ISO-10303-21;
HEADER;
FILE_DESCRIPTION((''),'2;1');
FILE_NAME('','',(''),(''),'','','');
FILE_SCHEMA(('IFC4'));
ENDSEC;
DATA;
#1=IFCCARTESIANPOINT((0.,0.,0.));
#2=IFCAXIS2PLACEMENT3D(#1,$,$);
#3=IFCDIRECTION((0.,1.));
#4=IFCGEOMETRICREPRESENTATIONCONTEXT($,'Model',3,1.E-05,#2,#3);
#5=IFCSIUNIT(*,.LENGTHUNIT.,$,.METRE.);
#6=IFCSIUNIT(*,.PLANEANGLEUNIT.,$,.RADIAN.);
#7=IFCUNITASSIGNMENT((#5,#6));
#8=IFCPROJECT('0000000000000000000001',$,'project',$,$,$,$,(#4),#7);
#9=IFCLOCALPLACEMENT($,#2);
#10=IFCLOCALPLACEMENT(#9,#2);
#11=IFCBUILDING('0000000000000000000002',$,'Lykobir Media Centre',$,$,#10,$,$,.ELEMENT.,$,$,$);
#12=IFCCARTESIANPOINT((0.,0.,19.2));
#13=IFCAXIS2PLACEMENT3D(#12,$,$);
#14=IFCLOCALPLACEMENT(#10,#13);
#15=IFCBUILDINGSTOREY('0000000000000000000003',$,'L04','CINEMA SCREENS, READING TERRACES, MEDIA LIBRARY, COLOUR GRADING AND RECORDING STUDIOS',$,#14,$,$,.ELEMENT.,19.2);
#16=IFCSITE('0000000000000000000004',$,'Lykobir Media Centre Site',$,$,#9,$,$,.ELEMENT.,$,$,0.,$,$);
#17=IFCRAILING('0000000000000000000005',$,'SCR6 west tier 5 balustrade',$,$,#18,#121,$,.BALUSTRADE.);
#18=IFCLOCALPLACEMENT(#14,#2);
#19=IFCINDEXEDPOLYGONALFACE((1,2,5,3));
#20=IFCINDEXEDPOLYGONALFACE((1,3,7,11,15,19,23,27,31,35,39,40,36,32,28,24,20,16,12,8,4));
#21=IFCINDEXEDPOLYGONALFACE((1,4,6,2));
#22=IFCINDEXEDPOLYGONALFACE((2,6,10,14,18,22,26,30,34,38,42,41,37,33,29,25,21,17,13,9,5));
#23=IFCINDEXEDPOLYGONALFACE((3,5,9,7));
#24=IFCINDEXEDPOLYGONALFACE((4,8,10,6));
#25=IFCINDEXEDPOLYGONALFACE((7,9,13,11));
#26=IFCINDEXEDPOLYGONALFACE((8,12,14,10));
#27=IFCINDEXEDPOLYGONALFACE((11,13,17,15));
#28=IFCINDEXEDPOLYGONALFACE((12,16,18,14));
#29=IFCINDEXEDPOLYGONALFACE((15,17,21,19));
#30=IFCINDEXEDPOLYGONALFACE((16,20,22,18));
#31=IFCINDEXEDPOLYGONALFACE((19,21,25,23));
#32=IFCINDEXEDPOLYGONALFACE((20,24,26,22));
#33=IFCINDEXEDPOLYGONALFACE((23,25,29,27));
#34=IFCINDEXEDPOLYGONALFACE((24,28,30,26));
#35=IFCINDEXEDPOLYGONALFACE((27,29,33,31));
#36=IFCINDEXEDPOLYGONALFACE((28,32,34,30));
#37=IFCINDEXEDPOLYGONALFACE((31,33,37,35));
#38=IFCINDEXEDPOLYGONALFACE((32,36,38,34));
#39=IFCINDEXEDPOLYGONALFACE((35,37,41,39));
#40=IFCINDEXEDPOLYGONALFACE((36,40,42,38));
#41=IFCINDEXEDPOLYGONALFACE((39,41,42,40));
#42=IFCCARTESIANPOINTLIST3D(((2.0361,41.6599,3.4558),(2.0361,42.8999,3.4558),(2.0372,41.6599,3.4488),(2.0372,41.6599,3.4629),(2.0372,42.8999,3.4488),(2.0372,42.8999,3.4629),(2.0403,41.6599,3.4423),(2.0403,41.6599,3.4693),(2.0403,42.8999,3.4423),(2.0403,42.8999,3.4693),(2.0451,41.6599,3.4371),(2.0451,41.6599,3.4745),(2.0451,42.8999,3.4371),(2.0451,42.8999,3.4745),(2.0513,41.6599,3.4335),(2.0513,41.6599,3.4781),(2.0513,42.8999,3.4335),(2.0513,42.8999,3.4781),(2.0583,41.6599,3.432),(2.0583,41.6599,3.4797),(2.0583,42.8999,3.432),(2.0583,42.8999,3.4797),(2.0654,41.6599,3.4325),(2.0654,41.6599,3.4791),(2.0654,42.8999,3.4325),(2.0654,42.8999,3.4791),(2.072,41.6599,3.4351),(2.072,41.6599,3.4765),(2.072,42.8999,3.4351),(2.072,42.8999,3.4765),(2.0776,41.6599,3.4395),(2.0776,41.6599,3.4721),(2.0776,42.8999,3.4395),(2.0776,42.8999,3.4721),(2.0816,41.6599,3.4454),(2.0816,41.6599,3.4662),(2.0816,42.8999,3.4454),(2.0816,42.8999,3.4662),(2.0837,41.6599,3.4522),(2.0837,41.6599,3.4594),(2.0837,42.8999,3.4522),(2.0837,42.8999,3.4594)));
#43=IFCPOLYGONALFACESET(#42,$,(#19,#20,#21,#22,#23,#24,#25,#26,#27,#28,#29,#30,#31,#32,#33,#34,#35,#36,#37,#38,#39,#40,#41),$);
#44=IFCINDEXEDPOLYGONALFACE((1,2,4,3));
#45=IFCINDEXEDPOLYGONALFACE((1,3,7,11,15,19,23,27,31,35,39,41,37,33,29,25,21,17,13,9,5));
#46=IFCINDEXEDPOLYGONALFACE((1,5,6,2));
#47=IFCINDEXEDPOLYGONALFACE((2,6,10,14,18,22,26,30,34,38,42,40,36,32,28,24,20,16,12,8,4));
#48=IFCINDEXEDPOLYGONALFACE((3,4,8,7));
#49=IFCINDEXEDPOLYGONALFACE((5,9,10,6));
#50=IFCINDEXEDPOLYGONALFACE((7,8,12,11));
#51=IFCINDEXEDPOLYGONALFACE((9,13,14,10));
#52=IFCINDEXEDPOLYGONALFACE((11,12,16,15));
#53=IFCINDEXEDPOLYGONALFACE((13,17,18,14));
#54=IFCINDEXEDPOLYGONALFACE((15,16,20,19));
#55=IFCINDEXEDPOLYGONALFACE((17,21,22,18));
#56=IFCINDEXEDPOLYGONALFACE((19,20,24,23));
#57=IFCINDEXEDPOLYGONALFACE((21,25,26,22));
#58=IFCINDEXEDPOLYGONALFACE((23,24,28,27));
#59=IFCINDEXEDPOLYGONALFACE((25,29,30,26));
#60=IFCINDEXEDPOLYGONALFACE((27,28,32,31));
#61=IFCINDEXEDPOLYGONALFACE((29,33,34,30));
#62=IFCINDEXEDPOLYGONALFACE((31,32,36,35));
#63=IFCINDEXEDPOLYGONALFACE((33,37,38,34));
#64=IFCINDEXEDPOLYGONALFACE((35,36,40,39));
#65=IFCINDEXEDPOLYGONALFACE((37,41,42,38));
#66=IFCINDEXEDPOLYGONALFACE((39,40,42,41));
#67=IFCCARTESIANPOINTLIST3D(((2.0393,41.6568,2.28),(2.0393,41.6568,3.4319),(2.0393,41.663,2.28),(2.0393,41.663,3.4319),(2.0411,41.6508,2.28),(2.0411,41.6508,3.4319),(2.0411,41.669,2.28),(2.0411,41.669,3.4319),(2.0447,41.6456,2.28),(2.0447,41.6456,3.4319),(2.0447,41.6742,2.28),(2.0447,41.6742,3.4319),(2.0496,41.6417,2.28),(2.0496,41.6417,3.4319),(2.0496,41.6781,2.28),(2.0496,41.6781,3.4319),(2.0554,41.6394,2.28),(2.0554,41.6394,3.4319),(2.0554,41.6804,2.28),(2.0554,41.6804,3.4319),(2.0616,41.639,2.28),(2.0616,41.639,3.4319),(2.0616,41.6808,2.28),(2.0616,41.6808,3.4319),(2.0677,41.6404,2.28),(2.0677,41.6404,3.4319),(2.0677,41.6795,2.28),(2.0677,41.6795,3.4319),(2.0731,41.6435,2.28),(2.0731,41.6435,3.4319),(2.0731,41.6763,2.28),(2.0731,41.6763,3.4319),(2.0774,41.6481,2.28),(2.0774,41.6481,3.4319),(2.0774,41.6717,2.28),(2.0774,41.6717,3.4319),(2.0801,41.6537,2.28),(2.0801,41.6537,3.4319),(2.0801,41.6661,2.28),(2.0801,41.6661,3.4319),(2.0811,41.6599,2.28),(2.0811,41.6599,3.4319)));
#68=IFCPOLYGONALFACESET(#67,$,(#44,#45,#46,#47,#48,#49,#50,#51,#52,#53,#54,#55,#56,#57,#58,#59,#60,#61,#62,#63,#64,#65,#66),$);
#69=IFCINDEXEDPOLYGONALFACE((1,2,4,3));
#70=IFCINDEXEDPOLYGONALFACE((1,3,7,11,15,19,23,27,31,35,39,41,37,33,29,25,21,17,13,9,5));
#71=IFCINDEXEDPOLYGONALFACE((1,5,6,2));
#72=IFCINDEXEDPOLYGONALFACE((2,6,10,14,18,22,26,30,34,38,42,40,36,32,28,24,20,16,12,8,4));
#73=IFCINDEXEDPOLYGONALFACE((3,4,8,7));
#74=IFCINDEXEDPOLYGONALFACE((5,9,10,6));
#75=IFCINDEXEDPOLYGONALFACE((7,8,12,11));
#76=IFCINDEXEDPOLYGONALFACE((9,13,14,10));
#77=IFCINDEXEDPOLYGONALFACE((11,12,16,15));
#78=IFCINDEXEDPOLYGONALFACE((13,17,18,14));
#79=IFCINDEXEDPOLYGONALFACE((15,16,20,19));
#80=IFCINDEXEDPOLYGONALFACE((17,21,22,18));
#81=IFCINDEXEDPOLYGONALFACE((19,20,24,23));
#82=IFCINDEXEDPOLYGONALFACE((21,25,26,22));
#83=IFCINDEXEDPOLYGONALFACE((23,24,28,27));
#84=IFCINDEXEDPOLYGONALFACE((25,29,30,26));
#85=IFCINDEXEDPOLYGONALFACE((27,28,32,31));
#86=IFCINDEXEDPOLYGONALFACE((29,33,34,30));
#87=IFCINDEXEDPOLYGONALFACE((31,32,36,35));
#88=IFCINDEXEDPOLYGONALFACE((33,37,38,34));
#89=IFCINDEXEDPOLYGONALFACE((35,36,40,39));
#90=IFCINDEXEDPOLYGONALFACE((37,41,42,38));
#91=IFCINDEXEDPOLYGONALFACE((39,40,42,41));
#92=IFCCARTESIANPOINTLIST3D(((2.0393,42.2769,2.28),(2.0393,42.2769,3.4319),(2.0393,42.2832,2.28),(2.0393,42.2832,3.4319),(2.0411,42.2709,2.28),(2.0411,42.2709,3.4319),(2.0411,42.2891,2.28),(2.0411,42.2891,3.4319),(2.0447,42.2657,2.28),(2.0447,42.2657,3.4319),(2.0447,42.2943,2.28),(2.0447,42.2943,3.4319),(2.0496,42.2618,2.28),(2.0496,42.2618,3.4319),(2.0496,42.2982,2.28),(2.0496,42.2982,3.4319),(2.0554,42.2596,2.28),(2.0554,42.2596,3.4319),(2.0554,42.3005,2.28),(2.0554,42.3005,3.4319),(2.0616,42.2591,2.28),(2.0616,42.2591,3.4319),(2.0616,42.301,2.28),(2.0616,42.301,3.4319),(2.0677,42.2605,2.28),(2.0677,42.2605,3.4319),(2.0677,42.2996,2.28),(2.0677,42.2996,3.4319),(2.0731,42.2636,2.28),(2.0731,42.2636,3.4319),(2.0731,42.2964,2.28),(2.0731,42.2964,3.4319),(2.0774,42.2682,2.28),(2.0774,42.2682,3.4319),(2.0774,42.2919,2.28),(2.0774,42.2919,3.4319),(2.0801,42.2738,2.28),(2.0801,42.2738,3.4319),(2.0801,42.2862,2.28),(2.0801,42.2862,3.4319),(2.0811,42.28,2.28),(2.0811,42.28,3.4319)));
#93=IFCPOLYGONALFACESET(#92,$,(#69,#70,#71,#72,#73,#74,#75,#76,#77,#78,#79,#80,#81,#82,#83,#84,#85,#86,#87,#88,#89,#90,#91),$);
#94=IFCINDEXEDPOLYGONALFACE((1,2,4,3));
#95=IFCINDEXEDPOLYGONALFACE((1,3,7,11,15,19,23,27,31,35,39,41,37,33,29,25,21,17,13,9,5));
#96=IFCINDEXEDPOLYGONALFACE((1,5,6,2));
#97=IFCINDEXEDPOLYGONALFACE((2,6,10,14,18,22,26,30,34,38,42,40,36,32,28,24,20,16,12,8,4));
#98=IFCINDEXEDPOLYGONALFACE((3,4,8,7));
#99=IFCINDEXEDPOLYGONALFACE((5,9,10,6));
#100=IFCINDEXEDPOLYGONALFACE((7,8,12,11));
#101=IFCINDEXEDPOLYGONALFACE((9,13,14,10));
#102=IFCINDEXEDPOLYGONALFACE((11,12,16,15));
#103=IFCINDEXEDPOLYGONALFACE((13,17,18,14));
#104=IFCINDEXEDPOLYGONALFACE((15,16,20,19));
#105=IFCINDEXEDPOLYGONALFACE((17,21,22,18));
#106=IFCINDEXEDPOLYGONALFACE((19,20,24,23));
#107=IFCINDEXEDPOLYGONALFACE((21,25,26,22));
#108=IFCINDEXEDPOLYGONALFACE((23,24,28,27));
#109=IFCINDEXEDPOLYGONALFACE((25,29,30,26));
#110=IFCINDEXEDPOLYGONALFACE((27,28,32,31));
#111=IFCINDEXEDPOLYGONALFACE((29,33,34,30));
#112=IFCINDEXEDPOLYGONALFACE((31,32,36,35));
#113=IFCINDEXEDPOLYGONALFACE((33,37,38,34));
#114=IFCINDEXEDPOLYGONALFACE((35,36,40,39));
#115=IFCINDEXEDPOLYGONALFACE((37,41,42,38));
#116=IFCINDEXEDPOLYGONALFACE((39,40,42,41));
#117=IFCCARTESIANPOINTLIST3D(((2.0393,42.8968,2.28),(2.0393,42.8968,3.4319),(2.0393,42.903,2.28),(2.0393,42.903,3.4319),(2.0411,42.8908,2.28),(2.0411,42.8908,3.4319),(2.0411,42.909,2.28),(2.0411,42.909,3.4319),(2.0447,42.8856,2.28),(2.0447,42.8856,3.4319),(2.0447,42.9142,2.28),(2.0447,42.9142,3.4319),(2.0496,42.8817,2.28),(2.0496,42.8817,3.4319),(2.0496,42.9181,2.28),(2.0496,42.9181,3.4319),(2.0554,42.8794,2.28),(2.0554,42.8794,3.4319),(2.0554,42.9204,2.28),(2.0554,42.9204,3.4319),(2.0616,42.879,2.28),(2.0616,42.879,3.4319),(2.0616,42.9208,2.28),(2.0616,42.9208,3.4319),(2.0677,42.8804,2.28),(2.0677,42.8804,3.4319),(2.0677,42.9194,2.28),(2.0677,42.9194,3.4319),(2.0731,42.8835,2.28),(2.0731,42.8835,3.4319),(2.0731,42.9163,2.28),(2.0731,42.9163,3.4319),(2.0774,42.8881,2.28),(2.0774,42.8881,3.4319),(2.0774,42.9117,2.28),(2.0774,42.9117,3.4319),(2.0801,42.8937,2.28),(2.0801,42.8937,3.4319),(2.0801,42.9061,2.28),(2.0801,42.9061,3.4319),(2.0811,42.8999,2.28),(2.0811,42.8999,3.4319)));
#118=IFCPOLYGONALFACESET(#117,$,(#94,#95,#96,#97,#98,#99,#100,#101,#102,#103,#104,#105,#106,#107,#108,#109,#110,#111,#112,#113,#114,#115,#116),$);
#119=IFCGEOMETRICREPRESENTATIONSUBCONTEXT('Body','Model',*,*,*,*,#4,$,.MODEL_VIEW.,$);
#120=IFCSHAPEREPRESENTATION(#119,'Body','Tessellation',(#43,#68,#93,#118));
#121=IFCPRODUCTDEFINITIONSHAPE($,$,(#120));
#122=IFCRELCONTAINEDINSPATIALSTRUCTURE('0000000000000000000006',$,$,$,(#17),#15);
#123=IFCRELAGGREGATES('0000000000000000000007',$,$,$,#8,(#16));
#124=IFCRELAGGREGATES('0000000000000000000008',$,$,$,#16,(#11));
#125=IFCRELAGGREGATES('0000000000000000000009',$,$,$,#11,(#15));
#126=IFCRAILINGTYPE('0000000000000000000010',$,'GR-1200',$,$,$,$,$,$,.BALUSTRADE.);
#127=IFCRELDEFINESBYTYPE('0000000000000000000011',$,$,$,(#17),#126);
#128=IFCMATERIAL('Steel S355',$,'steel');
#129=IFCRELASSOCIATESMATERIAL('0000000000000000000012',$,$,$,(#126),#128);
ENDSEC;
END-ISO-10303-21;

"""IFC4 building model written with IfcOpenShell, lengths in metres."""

from ifc_helpers import new_model, si_unit, direction, frame, origin, origin_2d, place, context, subcontext, project, spatial, circle, extrude, material, type_object, element, save


model = new_model("IFC4")

# Units and contexts
model_context = context("Model", 3, precision=1e-05, world=origin(), true_north=direction((0.0, 1.0)))
body_context = subcontext(model_context, "Body", "Model", "MODEL_VIEW")
ifc_project = project(units=[si_unit("LENGTHUNIT", "METRE"), si_unit("PLANEANGLEUNIT", "RADIAN")], contexts=[model_context])

# Site, building, storey
site_placement = place(None, origin())
site = spatial("IfcSite", under=ifc_project, at=site_placement, Name="Lykobir Media Centre Site", CompositionType="ELEMENT", RefElevation=0.0)
building_placement = place(site_placement, origin())
building = spatial("IfcBuilding", under=site, at=building_placement, Name="Lykobir Media Centre", CompositionType="ELEMENT")
storey_placement = place(building_placement, frame((0.0, 0.0, 19.2)))
storey = spatial("IfcBuildingStorey", under=building, at=storey_placement, Name="L04", Description="CINEMA SCREENS, READING TERRACES, MEDIA LIBRARY, COLOUR GRADING AND RECORDING STUDIOS", CompositionType="ELEMENT", Elevation=19.2)

# Shared definitions
ifc_material_1 = material(Name="Steel S355", Category="steel")

# Railing
railing_type = type_object("IfcRailingType", Name="GR-1200", PredefinedType="BALUSTRADE", material=ifc_material_1)
railing_1_placement = place(storey_placement, frame((2.0601, 41.6599, 2.28)))
element("IfcRailing", 1, at=railing_1_placement, inside=storey, type_object=railing_type, Name="SCR6 west tier 5 balustrade", PredefinedType="BALUSTRADE", context=body_context, shape_type="SweptSolid", body=[
    extrude(circle(Radius=0.0239, at=origin_2d()), frame((0.0, 0.0, 1.1758), z_axis=(0.0, 1.0, 0.0), x_axis=(-1.0, 0.0, 0.0)), (0.0, 0.0, 1.0), 1.24),
    extrude(circle(Radius=0.021, at=origin_2d()), origin(), (0.0, 0.0, 1.0), 1.1519),
    extrude(circle(Radius=0.021, at=origin_2d()), frame((0.0, 0.6201, 0.0)), (0.0, 0.0, 1.0), 1.1519),
    extrude(circle(Radius=0.021, at=origin_2d()), frame((0.0, 1.24, 0.0)), (0.0, 0.0, 1.0), 1.1519),
])

save(model, "model.ifc")
